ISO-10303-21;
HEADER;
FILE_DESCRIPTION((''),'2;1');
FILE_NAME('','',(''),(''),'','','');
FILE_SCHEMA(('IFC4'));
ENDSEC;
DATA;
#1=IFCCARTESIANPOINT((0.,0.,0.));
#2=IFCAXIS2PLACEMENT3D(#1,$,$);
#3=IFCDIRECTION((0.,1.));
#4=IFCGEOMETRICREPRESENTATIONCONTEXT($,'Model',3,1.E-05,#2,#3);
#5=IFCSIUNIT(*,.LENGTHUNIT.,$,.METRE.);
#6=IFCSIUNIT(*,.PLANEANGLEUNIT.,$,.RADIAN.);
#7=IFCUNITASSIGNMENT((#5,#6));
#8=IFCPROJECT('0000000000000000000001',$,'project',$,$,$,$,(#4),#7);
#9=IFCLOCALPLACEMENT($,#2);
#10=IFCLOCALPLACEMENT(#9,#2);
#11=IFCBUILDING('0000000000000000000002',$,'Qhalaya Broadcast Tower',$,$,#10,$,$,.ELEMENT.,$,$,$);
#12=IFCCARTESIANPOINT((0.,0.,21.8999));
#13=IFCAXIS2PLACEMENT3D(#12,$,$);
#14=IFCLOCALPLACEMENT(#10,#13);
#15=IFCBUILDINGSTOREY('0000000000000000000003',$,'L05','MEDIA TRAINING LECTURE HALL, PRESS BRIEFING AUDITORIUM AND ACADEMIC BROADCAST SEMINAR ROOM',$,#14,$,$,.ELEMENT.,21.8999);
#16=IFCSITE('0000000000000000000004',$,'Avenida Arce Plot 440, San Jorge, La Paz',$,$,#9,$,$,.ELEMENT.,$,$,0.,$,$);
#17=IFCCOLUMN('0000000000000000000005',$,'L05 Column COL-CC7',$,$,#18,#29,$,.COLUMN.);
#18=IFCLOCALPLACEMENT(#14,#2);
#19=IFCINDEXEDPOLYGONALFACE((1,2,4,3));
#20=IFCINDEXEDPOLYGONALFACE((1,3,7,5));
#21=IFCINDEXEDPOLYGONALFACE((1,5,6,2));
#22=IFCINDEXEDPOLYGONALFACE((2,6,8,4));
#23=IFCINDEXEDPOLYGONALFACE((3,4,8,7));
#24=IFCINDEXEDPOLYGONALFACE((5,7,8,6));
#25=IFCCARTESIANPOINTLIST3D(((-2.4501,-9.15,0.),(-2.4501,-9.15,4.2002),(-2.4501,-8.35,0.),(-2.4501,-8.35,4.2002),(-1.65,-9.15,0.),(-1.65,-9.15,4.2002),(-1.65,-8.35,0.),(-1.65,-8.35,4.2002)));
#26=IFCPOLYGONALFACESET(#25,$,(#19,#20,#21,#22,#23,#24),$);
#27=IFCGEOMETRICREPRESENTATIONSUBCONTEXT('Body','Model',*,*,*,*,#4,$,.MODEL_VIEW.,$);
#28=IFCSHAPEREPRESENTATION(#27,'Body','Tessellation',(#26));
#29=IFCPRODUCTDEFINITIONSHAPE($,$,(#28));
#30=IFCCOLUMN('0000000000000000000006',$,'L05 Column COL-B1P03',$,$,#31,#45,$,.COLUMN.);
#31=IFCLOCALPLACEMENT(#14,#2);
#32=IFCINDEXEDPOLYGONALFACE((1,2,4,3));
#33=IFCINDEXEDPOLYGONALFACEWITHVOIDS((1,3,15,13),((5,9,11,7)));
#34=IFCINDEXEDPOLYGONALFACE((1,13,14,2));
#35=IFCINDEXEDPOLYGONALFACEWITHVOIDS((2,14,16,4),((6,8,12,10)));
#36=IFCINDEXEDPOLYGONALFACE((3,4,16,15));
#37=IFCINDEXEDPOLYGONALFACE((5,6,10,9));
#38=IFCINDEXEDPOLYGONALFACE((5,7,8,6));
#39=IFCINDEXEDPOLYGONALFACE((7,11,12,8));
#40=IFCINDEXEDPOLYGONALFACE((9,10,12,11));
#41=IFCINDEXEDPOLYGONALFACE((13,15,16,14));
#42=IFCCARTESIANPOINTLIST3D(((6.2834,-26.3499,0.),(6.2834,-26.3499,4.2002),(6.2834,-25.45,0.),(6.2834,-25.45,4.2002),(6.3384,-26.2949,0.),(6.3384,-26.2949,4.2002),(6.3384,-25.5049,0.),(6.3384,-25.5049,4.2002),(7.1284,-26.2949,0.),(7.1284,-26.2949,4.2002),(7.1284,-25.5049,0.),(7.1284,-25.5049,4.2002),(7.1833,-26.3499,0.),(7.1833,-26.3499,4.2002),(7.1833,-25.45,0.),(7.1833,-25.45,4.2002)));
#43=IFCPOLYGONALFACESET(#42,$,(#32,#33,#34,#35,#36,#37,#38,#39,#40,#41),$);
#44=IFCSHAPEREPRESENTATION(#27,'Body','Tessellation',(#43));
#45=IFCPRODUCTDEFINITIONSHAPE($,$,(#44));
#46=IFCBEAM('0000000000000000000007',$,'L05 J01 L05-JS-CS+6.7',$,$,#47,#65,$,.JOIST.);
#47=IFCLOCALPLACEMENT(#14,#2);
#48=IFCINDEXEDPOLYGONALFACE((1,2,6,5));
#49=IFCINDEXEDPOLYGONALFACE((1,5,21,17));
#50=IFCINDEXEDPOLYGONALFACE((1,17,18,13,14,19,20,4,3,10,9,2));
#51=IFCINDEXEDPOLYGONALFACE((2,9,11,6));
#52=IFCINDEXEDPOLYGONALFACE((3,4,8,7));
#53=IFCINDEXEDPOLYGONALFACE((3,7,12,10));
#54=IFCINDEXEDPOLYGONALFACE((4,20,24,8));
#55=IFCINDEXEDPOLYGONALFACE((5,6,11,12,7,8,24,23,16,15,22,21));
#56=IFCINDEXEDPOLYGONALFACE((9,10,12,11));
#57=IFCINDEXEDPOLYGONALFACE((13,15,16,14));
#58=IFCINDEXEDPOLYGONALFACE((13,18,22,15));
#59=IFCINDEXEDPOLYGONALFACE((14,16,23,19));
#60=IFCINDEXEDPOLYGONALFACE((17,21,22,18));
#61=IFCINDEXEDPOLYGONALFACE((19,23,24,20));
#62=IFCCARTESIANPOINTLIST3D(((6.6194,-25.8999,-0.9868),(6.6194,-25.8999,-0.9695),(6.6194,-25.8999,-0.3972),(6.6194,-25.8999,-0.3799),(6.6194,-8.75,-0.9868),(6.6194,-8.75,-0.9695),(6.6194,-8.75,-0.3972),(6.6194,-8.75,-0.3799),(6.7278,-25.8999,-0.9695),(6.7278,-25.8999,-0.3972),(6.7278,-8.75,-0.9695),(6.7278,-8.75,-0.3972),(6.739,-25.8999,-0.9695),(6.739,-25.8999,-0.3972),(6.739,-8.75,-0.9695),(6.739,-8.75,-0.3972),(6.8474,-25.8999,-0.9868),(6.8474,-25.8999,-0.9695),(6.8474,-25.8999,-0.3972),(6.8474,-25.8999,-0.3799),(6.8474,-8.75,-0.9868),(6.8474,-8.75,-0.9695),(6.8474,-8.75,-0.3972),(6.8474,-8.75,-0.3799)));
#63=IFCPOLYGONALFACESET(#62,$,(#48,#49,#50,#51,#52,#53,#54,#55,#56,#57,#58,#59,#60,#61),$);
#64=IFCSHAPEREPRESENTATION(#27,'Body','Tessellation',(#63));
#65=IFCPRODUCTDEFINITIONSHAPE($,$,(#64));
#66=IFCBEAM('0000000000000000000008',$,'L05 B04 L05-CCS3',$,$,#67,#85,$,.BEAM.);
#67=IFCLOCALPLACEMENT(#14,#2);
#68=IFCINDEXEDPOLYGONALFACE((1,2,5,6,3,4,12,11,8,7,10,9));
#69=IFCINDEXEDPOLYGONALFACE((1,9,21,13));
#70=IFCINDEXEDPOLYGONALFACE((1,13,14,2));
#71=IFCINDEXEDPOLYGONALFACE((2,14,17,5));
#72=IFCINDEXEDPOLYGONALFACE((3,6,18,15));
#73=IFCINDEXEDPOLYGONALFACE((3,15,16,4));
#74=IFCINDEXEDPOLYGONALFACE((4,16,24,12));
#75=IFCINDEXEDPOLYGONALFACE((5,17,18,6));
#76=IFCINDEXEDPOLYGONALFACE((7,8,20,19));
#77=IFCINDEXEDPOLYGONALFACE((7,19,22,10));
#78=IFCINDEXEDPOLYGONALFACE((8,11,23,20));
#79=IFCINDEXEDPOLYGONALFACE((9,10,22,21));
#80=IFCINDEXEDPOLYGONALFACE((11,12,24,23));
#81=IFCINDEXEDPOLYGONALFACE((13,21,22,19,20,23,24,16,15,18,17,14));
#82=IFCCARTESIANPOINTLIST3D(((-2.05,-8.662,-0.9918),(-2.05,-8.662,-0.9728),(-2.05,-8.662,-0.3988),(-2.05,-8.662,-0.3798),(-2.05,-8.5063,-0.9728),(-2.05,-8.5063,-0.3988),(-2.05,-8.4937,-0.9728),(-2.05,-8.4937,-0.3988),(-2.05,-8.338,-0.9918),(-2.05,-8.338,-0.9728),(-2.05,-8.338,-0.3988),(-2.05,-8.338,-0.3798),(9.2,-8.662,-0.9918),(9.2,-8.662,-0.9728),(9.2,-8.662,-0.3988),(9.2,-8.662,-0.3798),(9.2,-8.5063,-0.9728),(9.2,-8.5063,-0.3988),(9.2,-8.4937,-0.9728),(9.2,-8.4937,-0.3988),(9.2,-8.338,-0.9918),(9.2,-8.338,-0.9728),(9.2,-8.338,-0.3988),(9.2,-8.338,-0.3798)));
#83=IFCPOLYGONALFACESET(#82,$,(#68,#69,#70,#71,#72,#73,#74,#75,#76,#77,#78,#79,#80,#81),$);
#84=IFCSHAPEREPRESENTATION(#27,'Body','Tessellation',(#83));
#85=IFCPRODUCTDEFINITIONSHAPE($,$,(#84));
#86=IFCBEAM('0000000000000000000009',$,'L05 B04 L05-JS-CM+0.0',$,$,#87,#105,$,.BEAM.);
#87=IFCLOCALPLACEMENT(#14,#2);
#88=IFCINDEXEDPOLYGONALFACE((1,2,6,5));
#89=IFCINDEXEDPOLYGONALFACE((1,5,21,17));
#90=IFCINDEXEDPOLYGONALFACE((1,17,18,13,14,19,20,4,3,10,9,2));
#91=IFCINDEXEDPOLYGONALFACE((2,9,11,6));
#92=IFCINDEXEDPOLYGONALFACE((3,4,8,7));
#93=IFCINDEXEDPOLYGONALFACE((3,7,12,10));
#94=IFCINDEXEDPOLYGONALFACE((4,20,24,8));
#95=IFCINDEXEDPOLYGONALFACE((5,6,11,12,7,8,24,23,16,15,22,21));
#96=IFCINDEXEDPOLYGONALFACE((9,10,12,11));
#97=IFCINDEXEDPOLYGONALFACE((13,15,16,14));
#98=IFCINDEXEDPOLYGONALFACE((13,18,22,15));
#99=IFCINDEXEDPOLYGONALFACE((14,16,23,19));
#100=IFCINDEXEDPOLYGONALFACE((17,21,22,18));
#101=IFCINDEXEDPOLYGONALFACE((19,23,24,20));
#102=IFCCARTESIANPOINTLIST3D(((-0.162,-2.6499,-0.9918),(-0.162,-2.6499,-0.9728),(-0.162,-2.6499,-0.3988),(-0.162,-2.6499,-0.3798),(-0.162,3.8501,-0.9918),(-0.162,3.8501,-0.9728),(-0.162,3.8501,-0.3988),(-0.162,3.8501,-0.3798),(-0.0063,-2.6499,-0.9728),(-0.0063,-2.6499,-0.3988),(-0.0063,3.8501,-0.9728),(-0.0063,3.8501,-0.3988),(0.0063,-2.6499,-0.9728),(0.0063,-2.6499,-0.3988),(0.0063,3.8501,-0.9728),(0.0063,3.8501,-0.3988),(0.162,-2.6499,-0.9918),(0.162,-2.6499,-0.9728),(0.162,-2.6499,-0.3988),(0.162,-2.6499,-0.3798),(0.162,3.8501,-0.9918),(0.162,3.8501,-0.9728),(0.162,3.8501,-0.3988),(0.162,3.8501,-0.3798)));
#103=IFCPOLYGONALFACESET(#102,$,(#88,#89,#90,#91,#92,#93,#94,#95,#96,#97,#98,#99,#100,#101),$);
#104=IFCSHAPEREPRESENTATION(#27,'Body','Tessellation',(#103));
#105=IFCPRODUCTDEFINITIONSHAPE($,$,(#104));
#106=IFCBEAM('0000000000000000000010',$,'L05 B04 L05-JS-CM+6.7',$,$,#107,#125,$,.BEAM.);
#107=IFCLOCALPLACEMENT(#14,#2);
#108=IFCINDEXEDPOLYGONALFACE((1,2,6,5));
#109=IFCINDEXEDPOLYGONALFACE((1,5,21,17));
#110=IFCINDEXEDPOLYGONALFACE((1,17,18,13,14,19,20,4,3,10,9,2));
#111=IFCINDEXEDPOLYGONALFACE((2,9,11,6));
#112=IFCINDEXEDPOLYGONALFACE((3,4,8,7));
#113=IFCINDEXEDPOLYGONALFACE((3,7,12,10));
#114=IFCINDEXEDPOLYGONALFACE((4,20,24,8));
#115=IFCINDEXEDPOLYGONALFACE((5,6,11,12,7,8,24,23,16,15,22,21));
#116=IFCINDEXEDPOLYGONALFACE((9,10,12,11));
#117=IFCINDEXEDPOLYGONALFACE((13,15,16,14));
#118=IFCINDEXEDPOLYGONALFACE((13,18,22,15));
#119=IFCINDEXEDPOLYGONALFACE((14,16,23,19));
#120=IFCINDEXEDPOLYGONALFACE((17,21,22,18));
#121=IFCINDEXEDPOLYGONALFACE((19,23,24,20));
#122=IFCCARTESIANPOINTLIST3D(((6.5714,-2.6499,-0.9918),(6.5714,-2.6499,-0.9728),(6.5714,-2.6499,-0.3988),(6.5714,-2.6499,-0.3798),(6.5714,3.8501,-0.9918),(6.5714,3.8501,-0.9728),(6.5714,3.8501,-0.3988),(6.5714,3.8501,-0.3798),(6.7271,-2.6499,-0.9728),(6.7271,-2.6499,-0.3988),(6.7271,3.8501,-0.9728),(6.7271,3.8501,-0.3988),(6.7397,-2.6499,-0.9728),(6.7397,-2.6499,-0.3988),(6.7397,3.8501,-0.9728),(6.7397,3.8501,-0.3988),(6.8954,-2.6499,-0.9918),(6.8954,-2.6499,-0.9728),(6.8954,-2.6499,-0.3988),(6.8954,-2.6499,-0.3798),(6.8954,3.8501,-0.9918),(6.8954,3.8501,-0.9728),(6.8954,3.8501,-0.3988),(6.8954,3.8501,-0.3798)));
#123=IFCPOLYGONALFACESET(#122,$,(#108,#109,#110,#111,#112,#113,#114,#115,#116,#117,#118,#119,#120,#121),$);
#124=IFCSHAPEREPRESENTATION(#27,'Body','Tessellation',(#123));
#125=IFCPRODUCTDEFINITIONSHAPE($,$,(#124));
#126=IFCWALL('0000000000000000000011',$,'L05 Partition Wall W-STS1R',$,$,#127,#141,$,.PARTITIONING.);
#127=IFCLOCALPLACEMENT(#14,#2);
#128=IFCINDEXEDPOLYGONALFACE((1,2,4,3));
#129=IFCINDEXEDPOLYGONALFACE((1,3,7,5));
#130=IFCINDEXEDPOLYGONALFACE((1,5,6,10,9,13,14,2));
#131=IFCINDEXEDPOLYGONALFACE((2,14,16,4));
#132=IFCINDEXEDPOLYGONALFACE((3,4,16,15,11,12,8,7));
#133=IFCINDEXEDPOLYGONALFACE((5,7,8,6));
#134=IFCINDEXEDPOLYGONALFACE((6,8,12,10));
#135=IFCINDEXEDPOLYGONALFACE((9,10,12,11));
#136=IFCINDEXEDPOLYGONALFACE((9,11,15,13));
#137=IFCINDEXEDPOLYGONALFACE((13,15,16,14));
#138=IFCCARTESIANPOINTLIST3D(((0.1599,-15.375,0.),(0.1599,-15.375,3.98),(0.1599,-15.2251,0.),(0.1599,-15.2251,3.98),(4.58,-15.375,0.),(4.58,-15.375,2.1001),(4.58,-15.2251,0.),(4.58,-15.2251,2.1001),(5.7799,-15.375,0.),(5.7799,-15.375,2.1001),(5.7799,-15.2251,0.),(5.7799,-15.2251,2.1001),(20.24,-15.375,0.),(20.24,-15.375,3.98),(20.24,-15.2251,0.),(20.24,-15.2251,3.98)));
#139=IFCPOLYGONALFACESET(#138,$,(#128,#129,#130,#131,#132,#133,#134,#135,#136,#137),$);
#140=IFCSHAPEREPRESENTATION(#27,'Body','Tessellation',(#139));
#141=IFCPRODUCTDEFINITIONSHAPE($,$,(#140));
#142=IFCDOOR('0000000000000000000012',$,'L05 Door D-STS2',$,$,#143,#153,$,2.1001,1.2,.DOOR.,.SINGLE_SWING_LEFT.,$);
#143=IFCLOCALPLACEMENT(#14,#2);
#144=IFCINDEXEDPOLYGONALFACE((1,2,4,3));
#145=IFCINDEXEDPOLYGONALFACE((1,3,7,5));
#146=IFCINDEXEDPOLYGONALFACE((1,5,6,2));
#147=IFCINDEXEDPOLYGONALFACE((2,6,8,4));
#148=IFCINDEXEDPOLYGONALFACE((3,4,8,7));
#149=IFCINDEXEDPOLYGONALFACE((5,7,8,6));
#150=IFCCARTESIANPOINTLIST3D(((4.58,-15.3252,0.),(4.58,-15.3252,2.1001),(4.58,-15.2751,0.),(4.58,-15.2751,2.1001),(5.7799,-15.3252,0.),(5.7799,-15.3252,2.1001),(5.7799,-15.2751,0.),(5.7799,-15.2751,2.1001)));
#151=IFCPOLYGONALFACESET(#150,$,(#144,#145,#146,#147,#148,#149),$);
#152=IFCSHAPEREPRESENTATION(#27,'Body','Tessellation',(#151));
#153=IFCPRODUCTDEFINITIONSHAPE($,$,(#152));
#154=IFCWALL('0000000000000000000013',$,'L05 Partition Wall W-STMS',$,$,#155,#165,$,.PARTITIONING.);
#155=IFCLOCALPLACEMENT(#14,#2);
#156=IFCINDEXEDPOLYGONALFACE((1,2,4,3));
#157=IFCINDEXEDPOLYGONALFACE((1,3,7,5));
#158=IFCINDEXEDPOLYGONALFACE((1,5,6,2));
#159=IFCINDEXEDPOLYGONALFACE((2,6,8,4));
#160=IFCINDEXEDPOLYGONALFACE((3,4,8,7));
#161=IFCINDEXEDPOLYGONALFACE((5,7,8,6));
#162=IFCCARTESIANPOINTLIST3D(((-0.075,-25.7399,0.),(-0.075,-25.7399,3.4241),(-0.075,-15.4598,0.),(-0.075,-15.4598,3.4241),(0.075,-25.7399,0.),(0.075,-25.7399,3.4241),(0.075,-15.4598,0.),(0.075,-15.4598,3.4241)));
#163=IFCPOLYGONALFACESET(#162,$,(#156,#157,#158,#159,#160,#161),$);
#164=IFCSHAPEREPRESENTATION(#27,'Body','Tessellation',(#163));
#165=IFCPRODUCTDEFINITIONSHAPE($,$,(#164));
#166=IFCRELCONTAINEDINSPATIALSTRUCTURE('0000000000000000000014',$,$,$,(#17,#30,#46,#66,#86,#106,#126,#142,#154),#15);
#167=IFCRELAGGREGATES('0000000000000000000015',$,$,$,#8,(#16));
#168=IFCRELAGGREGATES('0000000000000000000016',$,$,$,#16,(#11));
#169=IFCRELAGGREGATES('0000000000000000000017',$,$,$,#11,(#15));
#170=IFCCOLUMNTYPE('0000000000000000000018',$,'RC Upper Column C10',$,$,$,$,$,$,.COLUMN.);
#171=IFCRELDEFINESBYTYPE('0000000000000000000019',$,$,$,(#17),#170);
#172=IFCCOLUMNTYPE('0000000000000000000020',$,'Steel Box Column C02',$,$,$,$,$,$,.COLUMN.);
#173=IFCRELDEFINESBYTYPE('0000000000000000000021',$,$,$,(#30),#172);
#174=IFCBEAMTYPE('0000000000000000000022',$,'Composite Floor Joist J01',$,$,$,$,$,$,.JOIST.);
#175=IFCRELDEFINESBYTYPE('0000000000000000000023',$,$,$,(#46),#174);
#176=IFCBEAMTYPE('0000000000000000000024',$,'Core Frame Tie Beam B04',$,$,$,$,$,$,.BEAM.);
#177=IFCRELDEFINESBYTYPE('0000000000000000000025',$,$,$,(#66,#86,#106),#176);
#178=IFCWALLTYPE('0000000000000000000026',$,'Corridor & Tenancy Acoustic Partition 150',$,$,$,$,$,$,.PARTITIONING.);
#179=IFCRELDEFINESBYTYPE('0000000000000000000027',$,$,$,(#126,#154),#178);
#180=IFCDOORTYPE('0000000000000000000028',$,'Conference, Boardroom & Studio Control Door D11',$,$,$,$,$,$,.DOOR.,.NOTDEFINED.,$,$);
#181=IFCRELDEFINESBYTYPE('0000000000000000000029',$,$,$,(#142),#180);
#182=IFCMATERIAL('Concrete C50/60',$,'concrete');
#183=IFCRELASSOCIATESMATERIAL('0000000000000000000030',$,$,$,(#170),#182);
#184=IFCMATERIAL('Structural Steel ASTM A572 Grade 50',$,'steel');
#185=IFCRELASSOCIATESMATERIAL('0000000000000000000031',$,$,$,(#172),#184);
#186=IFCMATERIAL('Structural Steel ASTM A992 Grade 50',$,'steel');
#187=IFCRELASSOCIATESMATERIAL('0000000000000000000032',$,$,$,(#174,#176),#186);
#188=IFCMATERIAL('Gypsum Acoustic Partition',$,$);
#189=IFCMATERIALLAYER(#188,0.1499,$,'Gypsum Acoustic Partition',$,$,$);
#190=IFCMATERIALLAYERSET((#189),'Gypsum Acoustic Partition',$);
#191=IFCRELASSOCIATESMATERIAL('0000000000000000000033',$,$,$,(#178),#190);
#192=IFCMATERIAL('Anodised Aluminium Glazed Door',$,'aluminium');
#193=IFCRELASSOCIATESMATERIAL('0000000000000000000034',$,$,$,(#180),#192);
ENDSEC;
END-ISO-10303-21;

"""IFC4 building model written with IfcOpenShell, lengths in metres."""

from ifc_helpers import new_model, si_unit, direction, frame, frame_2d, origin, origin_2d, place, context, subcontext, project, spatial, rectangle, hollow_rectangle, i_section, extrude, material, layer, layer_set, material_profile, profile_set, type_object, element, fill, save


model = new_model("IFC4")

# Units and contexts
model_context = context("Model", 3, precision=1e-05, world=origin(), true_north=direction((0.0, 1.0)))
body_context = subcontext(model_context, "Body", "Model", "MODEL_VIEW")
ifc_project = project(units=[si_unit("LENGTHUNIT", "METRE"), si_unit("PLANEANGLEUNIT", "RADIAN")], contexts=[model_context])

# Site, building, storey
site_placement = place(None, origin())
site = spatial("IfcSite", under=ifc_project, at=site_placement, Name="Avenida Arce Plot 440, San Jorge, La Paz", CompositionType="ELEMENT", RefElevation=0.0)
building_placement = place(site_placement, origin())
building = spatial("IfcBuilding", under=site, at=building_placement, Name="Qhalaya Broadcast Tower", CompositionType="ELEMENT")
storey_placement = place(building_placement, frame((0.0, 0.0, 21.8999)))
storey = spatial("IfcBuildingStorey", under=building, at=storey_placement, Name="L05", Description="MEDIA TRAINING LECTURE HALL, PRESS BRIEFING AUDITORIUM AND ACADEMIC BROADCAST SEMINAR ROOM", CompositionType="ELEMENT", Elevation=21.8999)

# Columns
ifc_material_1 = material(Name="Concrete C50/60", Category="concrete")
ifc_material_profile_1 = material_profile(ifc_material_1, rectangle(XDim=0.8, YDim=0.8, at=origin_2d()), Name="RC-COL 800x800")
ifc_profile_set_1 = profile_set([ifc_material_profile_1], Name="Concrete C50/60")
column_type_1 = type_object("IfcColumnType", Name="RC Upper Column C10", PredefinedType="COLUMN", material=ifc_profile_set_1)
column_1_placement = place(storey_placement, frame((-2.05, -8.75, 0.0), z_axis=(0.0, 0.0, 1.0), x_axis=(1.0, 0.0, 0.0)))
element("IfcColumn", 1, at=column_1_placement, inside=storey, type_object=column_type_1, Name="L05 Column COL-CC7", PredefinedType="COLUMN", context=body_context, shape_type="SweptSolid", body=[
    extrude(rectangle(XDim=0.8, YDim=0.8, at=origin_2d()), origin(), (0.0, 0.0, 1.0), 4.2002),
])
ifc_material_2 = material(Name="Structural Steel ASTM A572 Grade 50", Category="steel")
ifc_material_profile_2 = material_profile(ifc_material_2, hollow_rectangle(XDim=0.8999, YDim=0.8999, WallThickness=0.0549, at=origin_2d()), Name="BOX 900x900x55")
ifc_profile_set_2 = profile_set([ifc_material_profile_2], Name="Structural Steel ASTM A572 Grade 50")
column_type_2 = type_object("IfcColumnType", Name="Steel Box Column C02", PredefinedType="COLUMN", material=ifc_profile_set_2)
column_2_placement = place(storey_placement, frame((6.7334, -25.8999, 0.0), z_axis=(0.0, 0.0, 1.0), x_axis=(1.0, 0.0, 0.0)))
element("IfcColumn", 2, at=column_2_placement, inside=storey, type_object=column_type_2, Name="L05 Column COL-B1P03", PredefinedType="COLUMN", context=body_context, shape_type="SweptSolid", body=[
    extrude(hollow_rectangle(XDim=0.8999, YDim=0.8999, WallThickness=0.0549, at=origin_2d()), origin(), (0.0, 0.0, 1.0), 4.2002),
])

# Beams
ifc_material_3 = material(Name="Structural Steel ASTM A992 Grade 50", Category="steel")
ifc_material_profile_3 = material_profile(ifc_material_3, i_section(OverallWidth=0.228, OverallDepth=0.6069, WebThickness=0.0112, FlangeThickness=0.0173, at=origin_2d()), Name="W24X76")
ifc_profile_set_3 = profile_set([ifc_material_profile_3], Name="Structural Steel ASTM A992 Grade 50")
beam_type_1 = type_object("IfcBeamType", Name="Composite Floor Joist J01", PredefinedType="JOIST", material=ifc_profile_set_3)
beam_1_placement = place(storey_placement, frame((6.7334, -25.8999, -0.6833), z_axis=(0.0, 1.0, 0.0), x_axis=(-1.0, 0.0, 0.0)))
element("IfcBeam", 3, at=beam_1_placement, inside=storey, type_object=beam_type_1, Name="L05 J01 L05-JS-CS+6.7", PredefinedType="JOIST", context=body_context, shape_type="SweptSolid", body=[
    extrude(i_section(OverallWidth=0.228, OverallDepth=0.6069, WebThickness=0.0112, FlangeThickness=0.0173, at=origin_2d()), origin(), (0.0, 0.0, 1.0), 17.1499),
])
ifc_material_profile_4 = material_profile(ifc_material_3, i_section(OverallWidth=0.324, OverallDepth=0.6121, WebThickness=0.0127, FlangeThickness=0.019, at=origin_2d()), Name="W24X104")
ifc_profile_set_4 = profile_set([ifc_material_profile_4], Name="Structural Steel ASTM A992 Grade 50")
beam_type_2 = type_object("IfcBeamType", Name="Core Frame Tie Beam B04", PredefinedType="BEAM", material=ifc_profile_set_4)
beam_2_placement = place(storey_placement, frame((-2.05, -8.5, -0.6858), z_axis=(1.0, 0.0, 0.0), x_axis=(0.0, 1.0, 0.0)))
element("IfcBeam", 4, at=beam_2_placement, inside=storey, type_object=beam_type_2, Name="L05 B04 L05-CCS3", PredefinedType="BEAM", context=body_context, shape_type="SweptSolid", body=[
    extrude(i_section(OverallWidth=0.324, OverallDepth=0.6121, WebThickness=0.0127, FlangeThickness=0.019, at=origin_2d()), origin(), (0.0, 0.0, 1.0), 11.25),
])
for number, where, z_axis, x_axis, name in (
    (5, (0.0, -2.6499, -0.6858), (0.0, 1.0, 0.0), (-1.0, 0.0, 0.0), "L05 B04 L05-JS-CM+0.0"),
    (6, (6.7334, -2.6499, -0.6858), (0.0, 1.0, 0.0), (-1.0, 0.0, 0.0), "L05 B04 L05-JS-CM+6.7"),
):
    element("IfcBeam", number, at=place(storey_placement, frame(where, z_axis=z_axis, x_axis=x_axis)), inside=storey, type_object=beam_type_2, Name=name, PredefinedType="BEAM", context=body_context, shape_type="SweptSolid", body=[
        extrude(i_section(OverallWidth=0.324, OverallDepth=0.6121, WebThickness=0.0127, FlangeThickness=0.019, at=origin_2d()), origin(), (0.0, 0.0, 1.0), 6.5),
    ])

# Wall, opening, door
ifc_material_4 = material(Name="Gypsum Acoustic Partition")
ifc_layer_1 = layer(ifc_material_4, 0.1499, Name="Gypsum Acoustic Partition")
ifc_layer_set_1 = layer_set([ifc_layer_1], Name="Gypsum Acoustic Partition")
wall_type_1 = type_object("IfcWallType", Name="Corridor & Tenancy Acoustic Partition 150", PredefinedType="PARTITIONING", material=ifc_layer_set_1)
wall_1_placement = place(storey_placement, frame((0.1599, -15.3, 0.0), z_axis=(0.0, 0.0, 1.0), x_axis=(1.0, 0.0, 0.0)))
wall_1 = element("IfcWall", 7, at=wall_1_placement, inside=storey, type_object=wall_type_1, Name="L05 Partition Wall W-STS1R", PredefinedType="PARTITIONING", context=body_context, shape_type="SweptSolid", body=[
    extrude(rectangle(XDim=20.0801, YDim=0.1499, at=frame_2d((10.04, 0.0))), origin(), (0.0, 0.0, 1.0), 3.98),
])
opening_1_placement = place(wall_1_placement, frame((4.4199, 0.0, 0.0)))
opening_1 = element("IfcOpeningElement", 8, at=opening_1_placement, cuts=wall_1, PredefinedType="OPENING", context=body_context, shape_type="SweptSolid", body=[
    extrude(rectangle(XDim=1.2, YDim=2.1001, at=frame_2d((0.6001, 1.05))), frame((0.0, 0.0869, 0.0), z_axis=(0.0, -1.0, 0.0), x_axis=(1.0, 0.0, 0.0)), (0.0, 0.0, 1.0), 0.1738),
])
ifc_material_5 = material(Name="Anodised Aluminium Glazed Door", Category="aluminium")
door_type_1 = type_object("IfcDoorType", Name="Conference, Boardroom & Studio Control Door D11", OperationType="NOTDEFINED", PredefinedType="DOOR", material=ifc_material_5)
door_1_placement = place(opening_1_placement, origin())
door_1 = element("IfcDoor", 9, at=door_1_placement, inside=storey, type_object=door_type_1, Name="L05 Door D-STS2", OperationType="SINGLE_SWING_LEFT", OverallHeight=2.1001, OverallWidth=1.2, PredefinedType="DOOR", context=body_context, shape_type="SweptSolid", body=[
    extrude(rectangle(XDim=1.2, YDim=2.1001, at=frame_2d((0.6001, 1.05))), frame((0.0, 0.0249, 0.0), z_axis=(0.0, -1.0, 0.0), x_axis=(1.0, 0.0, 0.0)), (0.0, 0.0, 1.0), 0.05),
])
fill(opening_1, door_1)

# Wall
wall_2_placement = place(storey_placement, frame((0.0, -25.74, 0.0), z_axis=(0.0, 0.0, 1.0), x_axis=(0.0, 1.0, 0.0)))
element("IfcWall", 10, at=wall_2_placement, inside=storey, type_object=wall_type_1, Name="L05 Partition Wall W-STMS", PredefinedType="PARTITIONING", context=body_context, shape_type="SweptSolid", body=[
    extrude(rectangle(XDim=10.28, YDim=0.1499, at=frame_2d((5.1401, 0.0))), origin(), (0.0, 0.0, 1.0), 3.4241),
])

save(model, "model.ifc")
